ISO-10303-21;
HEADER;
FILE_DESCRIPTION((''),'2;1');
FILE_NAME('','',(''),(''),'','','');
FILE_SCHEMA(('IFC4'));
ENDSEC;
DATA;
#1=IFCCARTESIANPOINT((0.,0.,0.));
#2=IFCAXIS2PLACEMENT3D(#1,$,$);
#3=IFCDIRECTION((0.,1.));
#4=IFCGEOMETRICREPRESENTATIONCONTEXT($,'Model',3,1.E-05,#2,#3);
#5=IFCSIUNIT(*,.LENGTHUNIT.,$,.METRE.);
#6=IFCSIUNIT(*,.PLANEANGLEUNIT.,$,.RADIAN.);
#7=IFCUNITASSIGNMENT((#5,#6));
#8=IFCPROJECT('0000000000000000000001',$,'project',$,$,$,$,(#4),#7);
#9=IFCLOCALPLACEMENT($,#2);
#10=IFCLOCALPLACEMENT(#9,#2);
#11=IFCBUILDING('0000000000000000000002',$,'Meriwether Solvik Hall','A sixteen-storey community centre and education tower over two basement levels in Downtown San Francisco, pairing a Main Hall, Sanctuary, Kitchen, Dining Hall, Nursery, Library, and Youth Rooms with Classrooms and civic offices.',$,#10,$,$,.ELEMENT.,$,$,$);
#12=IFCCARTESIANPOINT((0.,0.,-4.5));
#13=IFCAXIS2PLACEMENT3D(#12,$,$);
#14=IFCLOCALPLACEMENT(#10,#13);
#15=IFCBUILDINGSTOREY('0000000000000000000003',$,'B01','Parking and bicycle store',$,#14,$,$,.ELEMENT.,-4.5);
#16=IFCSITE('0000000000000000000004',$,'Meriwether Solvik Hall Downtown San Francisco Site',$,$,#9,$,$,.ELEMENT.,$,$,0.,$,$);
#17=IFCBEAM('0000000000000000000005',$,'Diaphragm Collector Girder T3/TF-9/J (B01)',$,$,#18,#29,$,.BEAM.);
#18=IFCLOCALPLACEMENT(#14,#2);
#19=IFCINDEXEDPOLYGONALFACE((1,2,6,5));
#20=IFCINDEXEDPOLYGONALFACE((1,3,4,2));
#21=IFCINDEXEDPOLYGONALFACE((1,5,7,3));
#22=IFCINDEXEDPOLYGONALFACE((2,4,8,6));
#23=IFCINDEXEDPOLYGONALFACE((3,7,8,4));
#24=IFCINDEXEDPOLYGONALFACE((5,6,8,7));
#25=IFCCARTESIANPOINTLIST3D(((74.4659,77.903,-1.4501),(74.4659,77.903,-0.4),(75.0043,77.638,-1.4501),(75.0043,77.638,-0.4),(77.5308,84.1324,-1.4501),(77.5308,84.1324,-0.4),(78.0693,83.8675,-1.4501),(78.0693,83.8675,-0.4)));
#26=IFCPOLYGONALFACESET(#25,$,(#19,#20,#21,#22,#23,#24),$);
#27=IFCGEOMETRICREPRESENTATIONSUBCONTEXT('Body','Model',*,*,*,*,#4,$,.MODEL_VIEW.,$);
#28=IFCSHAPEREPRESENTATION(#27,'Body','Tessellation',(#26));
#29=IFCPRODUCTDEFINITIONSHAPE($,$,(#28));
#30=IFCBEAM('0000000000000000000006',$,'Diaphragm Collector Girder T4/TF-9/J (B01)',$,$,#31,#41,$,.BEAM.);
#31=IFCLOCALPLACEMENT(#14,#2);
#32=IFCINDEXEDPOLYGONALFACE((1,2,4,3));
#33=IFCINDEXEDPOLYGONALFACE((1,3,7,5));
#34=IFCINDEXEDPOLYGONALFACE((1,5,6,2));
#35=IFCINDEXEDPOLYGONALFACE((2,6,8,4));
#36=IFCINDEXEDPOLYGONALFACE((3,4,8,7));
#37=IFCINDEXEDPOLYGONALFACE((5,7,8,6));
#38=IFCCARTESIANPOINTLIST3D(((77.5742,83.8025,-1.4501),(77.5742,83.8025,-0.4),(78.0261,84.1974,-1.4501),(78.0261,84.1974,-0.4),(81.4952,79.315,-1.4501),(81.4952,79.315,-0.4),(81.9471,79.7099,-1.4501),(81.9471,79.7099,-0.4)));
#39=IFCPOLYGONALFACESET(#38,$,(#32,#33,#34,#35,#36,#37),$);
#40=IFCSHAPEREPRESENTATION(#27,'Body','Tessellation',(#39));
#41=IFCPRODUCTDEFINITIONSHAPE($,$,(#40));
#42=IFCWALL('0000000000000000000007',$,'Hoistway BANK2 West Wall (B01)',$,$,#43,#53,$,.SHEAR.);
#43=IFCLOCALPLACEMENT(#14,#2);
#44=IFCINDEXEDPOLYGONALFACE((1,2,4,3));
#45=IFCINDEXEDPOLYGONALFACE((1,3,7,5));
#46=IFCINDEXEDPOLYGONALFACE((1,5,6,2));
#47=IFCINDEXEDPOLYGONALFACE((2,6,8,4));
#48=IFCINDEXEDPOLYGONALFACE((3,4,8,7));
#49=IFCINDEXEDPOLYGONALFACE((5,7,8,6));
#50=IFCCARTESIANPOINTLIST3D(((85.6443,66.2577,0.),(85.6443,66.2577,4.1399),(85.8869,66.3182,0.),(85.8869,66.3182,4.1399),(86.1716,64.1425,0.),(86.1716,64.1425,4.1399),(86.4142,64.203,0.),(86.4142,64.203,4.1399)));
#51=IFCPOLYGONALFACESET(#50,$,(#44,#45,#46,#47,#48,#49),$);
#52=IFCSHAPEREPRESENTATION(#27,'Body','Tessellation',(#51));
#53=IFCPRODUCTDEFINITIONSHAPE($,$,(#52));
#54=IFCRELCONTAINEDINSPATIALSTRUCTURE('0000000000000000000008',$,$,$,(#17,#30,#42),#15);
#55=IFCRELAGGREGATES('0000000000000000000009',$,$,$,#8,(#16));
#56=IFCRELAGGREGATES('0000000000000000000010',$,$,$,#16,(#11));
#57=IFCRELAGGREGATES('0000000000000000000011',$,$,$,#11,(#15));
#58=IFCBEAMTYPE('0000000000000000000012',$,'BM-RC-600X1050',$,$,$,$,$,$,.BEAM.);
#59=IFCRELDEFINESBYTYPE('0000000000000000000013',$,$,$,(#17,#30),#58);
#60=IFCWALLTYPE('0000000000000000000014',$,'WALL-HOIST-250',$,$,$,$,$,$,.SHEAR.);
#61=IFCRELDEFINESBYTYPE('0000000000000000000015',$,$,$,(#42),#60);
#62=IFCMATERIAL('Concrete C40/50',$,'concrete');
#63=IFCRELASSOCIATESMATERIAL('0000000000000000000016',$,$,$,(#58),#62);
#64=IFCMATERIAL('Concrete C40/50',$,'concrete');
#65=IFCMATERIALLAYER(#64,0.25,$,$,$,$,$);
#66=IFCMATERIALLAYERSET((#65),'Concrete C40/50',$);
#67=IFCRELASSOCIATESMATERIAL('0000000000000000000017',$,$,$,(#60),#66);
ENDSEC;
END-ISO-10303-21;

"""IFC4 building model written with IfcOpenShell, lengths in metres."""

from ifc_helpers import new_model, si_unit, direction, frame, frame_2d, origin, origin_2d, place, context, subcontext, project, spatial, rectangle, extrude, material, layer, layer_set, material_profile, profile_set, type_object, element, save


model = new_model("IFC4")

# Units and contexts
model_context = context("Model", 3, precision=1e-05, world=origin(), true_north=direction((0.0, 1.0)))
body_context = subcontext(model_context, "Body", "Model", "MODEL_VIEW")
ifc_project = project(units=[si_unit("LENGTHUNIT", "METRE"), si_unit("PLANEANGLEUNIT", "RADIAN")], contexts=[model_context])

# Site, building, storey
site_placement = place(None, origin())
site = spatial("IfcSite", under=ifc_project, at=site_placement, Name="Meriwether Solvik Hall Downtown San Francisco Site", CompositionType="ELEMENT", RefElevation=0.0)
building_placement = place(site_placement, origin())
building = spatial("IfcBuilding", under=site, at=building_placement, Name="Meriwether Solvik Hall", Description="A sixteen-storey community centre and education tower over two basement levels in Downtown San Francisco, pairing a Main Hall, Sanctuary, Kitchen, Dining Hall, Nursery, Library, and Youth Rooms with Classrooms and civic offices.", CompositionType="ELEMENT")
storey_placement = place(building_placement, frame((0.0, 0.0, -4.5)))
storey = spatial("IfcBuildingStorey", under=building, at=storey_placement, Name="B01", Description="Parking and bicycle store", CompositionType="ELEMENT", Elevation=-4.5)

# Beams
ifc_material_1 = material(Name="Concrete C40/50", Category="concrete")
ifc_material_profile_1 = material_profile(ifc_material_1, rectangle(XDim=0.6001, YDim=1.05, at=origin_2d()), Name="RCB-600X1050")
ifc_profile_set_1 = profile_set([ifc_material_profile_1], Name="Concrete C40/50")
beam_type_1 = type_object("IfcBeamType", Name="BM-RC-600X1050", PredefinedType="BEAM", material=ifc_profile_set_1)
beam_1_placement = place(storey_placement, frame((74.7351, 77.7705, -0.925), z_axis=(0.441465, 0.897278, 0.0), x_axis=(-0.897278, 0.441465, 0.0)))
element("IfcBeam", 1, at=beam_1_placement, inside=storey, type_object=beam_type_1, Name="Diaphragm Collector Girder T3/TF-9/J (B01)", PredefinedType="BEAM", context=body_context, shape_type="SweptSolid", body=[
    extrude(rectangle(XDim=0.6001, YDim=1.05, at=origin_2d()), origin(), (0.0, 0.0, 1.0), 6.9426),
])
beam_2_placement = place(storey_placement, frame((81.7212, 79.5125, -0.925), z_axis=(-0.657985, 0.753031, 0.0), x_axis=(-0.753031, -0.657985, 0.0)))
element("IfcBeam", 2, at=beam_2_placement, inside=storey, type_object=beam_type_1, Name="Diaphragm Collector Girder T4/TF-9/J (B01)", PredefinedType="BEAM", context=body_context, shape_type="SweptSolid", body=[
    extrude(rectangle(XDim=0.6001, YDim=1.05, at=origin_2d()), origin(), (0.0, 0.0, 1.0), 5.9592),
])

# Wall
ifc_material_2 = material(Name="Concrete C40/50", Category="concrete")
ifc_layer = layer(ifc_material_2, 0.25)
ifc_layer_set = layer_set([ifc_layer], Name="Concrete C40/50")
wall_type = type_object("IfcWallType", Name="WALL-HOIST-250", PredefinedType="SHEAR", material=ifc_layer_set)
wall_placement = place(storey_placement, frame((85.7656, 66.2878, 0.0), z_axis=(0.0, 0.0, 1.0), x_axis=(0.241903, -0.9703, 0.0)))
element("IfcWall", 3, at=wall_placement, inside=storey, type_object=wall_type, Name="Hoistway BANK2 West Wall (B01)", PredefinedType="SHEAR", context=body_context, shape_type="SweptSolid", body=[
    extrude(rectangle(XDim=2.1799, YDim=0.25, at=frame_2d((1.0898, 0.0))), origin(), (0.0, 0.0, 1.0), 4.1399),
])

save(model, "model.ifc")
